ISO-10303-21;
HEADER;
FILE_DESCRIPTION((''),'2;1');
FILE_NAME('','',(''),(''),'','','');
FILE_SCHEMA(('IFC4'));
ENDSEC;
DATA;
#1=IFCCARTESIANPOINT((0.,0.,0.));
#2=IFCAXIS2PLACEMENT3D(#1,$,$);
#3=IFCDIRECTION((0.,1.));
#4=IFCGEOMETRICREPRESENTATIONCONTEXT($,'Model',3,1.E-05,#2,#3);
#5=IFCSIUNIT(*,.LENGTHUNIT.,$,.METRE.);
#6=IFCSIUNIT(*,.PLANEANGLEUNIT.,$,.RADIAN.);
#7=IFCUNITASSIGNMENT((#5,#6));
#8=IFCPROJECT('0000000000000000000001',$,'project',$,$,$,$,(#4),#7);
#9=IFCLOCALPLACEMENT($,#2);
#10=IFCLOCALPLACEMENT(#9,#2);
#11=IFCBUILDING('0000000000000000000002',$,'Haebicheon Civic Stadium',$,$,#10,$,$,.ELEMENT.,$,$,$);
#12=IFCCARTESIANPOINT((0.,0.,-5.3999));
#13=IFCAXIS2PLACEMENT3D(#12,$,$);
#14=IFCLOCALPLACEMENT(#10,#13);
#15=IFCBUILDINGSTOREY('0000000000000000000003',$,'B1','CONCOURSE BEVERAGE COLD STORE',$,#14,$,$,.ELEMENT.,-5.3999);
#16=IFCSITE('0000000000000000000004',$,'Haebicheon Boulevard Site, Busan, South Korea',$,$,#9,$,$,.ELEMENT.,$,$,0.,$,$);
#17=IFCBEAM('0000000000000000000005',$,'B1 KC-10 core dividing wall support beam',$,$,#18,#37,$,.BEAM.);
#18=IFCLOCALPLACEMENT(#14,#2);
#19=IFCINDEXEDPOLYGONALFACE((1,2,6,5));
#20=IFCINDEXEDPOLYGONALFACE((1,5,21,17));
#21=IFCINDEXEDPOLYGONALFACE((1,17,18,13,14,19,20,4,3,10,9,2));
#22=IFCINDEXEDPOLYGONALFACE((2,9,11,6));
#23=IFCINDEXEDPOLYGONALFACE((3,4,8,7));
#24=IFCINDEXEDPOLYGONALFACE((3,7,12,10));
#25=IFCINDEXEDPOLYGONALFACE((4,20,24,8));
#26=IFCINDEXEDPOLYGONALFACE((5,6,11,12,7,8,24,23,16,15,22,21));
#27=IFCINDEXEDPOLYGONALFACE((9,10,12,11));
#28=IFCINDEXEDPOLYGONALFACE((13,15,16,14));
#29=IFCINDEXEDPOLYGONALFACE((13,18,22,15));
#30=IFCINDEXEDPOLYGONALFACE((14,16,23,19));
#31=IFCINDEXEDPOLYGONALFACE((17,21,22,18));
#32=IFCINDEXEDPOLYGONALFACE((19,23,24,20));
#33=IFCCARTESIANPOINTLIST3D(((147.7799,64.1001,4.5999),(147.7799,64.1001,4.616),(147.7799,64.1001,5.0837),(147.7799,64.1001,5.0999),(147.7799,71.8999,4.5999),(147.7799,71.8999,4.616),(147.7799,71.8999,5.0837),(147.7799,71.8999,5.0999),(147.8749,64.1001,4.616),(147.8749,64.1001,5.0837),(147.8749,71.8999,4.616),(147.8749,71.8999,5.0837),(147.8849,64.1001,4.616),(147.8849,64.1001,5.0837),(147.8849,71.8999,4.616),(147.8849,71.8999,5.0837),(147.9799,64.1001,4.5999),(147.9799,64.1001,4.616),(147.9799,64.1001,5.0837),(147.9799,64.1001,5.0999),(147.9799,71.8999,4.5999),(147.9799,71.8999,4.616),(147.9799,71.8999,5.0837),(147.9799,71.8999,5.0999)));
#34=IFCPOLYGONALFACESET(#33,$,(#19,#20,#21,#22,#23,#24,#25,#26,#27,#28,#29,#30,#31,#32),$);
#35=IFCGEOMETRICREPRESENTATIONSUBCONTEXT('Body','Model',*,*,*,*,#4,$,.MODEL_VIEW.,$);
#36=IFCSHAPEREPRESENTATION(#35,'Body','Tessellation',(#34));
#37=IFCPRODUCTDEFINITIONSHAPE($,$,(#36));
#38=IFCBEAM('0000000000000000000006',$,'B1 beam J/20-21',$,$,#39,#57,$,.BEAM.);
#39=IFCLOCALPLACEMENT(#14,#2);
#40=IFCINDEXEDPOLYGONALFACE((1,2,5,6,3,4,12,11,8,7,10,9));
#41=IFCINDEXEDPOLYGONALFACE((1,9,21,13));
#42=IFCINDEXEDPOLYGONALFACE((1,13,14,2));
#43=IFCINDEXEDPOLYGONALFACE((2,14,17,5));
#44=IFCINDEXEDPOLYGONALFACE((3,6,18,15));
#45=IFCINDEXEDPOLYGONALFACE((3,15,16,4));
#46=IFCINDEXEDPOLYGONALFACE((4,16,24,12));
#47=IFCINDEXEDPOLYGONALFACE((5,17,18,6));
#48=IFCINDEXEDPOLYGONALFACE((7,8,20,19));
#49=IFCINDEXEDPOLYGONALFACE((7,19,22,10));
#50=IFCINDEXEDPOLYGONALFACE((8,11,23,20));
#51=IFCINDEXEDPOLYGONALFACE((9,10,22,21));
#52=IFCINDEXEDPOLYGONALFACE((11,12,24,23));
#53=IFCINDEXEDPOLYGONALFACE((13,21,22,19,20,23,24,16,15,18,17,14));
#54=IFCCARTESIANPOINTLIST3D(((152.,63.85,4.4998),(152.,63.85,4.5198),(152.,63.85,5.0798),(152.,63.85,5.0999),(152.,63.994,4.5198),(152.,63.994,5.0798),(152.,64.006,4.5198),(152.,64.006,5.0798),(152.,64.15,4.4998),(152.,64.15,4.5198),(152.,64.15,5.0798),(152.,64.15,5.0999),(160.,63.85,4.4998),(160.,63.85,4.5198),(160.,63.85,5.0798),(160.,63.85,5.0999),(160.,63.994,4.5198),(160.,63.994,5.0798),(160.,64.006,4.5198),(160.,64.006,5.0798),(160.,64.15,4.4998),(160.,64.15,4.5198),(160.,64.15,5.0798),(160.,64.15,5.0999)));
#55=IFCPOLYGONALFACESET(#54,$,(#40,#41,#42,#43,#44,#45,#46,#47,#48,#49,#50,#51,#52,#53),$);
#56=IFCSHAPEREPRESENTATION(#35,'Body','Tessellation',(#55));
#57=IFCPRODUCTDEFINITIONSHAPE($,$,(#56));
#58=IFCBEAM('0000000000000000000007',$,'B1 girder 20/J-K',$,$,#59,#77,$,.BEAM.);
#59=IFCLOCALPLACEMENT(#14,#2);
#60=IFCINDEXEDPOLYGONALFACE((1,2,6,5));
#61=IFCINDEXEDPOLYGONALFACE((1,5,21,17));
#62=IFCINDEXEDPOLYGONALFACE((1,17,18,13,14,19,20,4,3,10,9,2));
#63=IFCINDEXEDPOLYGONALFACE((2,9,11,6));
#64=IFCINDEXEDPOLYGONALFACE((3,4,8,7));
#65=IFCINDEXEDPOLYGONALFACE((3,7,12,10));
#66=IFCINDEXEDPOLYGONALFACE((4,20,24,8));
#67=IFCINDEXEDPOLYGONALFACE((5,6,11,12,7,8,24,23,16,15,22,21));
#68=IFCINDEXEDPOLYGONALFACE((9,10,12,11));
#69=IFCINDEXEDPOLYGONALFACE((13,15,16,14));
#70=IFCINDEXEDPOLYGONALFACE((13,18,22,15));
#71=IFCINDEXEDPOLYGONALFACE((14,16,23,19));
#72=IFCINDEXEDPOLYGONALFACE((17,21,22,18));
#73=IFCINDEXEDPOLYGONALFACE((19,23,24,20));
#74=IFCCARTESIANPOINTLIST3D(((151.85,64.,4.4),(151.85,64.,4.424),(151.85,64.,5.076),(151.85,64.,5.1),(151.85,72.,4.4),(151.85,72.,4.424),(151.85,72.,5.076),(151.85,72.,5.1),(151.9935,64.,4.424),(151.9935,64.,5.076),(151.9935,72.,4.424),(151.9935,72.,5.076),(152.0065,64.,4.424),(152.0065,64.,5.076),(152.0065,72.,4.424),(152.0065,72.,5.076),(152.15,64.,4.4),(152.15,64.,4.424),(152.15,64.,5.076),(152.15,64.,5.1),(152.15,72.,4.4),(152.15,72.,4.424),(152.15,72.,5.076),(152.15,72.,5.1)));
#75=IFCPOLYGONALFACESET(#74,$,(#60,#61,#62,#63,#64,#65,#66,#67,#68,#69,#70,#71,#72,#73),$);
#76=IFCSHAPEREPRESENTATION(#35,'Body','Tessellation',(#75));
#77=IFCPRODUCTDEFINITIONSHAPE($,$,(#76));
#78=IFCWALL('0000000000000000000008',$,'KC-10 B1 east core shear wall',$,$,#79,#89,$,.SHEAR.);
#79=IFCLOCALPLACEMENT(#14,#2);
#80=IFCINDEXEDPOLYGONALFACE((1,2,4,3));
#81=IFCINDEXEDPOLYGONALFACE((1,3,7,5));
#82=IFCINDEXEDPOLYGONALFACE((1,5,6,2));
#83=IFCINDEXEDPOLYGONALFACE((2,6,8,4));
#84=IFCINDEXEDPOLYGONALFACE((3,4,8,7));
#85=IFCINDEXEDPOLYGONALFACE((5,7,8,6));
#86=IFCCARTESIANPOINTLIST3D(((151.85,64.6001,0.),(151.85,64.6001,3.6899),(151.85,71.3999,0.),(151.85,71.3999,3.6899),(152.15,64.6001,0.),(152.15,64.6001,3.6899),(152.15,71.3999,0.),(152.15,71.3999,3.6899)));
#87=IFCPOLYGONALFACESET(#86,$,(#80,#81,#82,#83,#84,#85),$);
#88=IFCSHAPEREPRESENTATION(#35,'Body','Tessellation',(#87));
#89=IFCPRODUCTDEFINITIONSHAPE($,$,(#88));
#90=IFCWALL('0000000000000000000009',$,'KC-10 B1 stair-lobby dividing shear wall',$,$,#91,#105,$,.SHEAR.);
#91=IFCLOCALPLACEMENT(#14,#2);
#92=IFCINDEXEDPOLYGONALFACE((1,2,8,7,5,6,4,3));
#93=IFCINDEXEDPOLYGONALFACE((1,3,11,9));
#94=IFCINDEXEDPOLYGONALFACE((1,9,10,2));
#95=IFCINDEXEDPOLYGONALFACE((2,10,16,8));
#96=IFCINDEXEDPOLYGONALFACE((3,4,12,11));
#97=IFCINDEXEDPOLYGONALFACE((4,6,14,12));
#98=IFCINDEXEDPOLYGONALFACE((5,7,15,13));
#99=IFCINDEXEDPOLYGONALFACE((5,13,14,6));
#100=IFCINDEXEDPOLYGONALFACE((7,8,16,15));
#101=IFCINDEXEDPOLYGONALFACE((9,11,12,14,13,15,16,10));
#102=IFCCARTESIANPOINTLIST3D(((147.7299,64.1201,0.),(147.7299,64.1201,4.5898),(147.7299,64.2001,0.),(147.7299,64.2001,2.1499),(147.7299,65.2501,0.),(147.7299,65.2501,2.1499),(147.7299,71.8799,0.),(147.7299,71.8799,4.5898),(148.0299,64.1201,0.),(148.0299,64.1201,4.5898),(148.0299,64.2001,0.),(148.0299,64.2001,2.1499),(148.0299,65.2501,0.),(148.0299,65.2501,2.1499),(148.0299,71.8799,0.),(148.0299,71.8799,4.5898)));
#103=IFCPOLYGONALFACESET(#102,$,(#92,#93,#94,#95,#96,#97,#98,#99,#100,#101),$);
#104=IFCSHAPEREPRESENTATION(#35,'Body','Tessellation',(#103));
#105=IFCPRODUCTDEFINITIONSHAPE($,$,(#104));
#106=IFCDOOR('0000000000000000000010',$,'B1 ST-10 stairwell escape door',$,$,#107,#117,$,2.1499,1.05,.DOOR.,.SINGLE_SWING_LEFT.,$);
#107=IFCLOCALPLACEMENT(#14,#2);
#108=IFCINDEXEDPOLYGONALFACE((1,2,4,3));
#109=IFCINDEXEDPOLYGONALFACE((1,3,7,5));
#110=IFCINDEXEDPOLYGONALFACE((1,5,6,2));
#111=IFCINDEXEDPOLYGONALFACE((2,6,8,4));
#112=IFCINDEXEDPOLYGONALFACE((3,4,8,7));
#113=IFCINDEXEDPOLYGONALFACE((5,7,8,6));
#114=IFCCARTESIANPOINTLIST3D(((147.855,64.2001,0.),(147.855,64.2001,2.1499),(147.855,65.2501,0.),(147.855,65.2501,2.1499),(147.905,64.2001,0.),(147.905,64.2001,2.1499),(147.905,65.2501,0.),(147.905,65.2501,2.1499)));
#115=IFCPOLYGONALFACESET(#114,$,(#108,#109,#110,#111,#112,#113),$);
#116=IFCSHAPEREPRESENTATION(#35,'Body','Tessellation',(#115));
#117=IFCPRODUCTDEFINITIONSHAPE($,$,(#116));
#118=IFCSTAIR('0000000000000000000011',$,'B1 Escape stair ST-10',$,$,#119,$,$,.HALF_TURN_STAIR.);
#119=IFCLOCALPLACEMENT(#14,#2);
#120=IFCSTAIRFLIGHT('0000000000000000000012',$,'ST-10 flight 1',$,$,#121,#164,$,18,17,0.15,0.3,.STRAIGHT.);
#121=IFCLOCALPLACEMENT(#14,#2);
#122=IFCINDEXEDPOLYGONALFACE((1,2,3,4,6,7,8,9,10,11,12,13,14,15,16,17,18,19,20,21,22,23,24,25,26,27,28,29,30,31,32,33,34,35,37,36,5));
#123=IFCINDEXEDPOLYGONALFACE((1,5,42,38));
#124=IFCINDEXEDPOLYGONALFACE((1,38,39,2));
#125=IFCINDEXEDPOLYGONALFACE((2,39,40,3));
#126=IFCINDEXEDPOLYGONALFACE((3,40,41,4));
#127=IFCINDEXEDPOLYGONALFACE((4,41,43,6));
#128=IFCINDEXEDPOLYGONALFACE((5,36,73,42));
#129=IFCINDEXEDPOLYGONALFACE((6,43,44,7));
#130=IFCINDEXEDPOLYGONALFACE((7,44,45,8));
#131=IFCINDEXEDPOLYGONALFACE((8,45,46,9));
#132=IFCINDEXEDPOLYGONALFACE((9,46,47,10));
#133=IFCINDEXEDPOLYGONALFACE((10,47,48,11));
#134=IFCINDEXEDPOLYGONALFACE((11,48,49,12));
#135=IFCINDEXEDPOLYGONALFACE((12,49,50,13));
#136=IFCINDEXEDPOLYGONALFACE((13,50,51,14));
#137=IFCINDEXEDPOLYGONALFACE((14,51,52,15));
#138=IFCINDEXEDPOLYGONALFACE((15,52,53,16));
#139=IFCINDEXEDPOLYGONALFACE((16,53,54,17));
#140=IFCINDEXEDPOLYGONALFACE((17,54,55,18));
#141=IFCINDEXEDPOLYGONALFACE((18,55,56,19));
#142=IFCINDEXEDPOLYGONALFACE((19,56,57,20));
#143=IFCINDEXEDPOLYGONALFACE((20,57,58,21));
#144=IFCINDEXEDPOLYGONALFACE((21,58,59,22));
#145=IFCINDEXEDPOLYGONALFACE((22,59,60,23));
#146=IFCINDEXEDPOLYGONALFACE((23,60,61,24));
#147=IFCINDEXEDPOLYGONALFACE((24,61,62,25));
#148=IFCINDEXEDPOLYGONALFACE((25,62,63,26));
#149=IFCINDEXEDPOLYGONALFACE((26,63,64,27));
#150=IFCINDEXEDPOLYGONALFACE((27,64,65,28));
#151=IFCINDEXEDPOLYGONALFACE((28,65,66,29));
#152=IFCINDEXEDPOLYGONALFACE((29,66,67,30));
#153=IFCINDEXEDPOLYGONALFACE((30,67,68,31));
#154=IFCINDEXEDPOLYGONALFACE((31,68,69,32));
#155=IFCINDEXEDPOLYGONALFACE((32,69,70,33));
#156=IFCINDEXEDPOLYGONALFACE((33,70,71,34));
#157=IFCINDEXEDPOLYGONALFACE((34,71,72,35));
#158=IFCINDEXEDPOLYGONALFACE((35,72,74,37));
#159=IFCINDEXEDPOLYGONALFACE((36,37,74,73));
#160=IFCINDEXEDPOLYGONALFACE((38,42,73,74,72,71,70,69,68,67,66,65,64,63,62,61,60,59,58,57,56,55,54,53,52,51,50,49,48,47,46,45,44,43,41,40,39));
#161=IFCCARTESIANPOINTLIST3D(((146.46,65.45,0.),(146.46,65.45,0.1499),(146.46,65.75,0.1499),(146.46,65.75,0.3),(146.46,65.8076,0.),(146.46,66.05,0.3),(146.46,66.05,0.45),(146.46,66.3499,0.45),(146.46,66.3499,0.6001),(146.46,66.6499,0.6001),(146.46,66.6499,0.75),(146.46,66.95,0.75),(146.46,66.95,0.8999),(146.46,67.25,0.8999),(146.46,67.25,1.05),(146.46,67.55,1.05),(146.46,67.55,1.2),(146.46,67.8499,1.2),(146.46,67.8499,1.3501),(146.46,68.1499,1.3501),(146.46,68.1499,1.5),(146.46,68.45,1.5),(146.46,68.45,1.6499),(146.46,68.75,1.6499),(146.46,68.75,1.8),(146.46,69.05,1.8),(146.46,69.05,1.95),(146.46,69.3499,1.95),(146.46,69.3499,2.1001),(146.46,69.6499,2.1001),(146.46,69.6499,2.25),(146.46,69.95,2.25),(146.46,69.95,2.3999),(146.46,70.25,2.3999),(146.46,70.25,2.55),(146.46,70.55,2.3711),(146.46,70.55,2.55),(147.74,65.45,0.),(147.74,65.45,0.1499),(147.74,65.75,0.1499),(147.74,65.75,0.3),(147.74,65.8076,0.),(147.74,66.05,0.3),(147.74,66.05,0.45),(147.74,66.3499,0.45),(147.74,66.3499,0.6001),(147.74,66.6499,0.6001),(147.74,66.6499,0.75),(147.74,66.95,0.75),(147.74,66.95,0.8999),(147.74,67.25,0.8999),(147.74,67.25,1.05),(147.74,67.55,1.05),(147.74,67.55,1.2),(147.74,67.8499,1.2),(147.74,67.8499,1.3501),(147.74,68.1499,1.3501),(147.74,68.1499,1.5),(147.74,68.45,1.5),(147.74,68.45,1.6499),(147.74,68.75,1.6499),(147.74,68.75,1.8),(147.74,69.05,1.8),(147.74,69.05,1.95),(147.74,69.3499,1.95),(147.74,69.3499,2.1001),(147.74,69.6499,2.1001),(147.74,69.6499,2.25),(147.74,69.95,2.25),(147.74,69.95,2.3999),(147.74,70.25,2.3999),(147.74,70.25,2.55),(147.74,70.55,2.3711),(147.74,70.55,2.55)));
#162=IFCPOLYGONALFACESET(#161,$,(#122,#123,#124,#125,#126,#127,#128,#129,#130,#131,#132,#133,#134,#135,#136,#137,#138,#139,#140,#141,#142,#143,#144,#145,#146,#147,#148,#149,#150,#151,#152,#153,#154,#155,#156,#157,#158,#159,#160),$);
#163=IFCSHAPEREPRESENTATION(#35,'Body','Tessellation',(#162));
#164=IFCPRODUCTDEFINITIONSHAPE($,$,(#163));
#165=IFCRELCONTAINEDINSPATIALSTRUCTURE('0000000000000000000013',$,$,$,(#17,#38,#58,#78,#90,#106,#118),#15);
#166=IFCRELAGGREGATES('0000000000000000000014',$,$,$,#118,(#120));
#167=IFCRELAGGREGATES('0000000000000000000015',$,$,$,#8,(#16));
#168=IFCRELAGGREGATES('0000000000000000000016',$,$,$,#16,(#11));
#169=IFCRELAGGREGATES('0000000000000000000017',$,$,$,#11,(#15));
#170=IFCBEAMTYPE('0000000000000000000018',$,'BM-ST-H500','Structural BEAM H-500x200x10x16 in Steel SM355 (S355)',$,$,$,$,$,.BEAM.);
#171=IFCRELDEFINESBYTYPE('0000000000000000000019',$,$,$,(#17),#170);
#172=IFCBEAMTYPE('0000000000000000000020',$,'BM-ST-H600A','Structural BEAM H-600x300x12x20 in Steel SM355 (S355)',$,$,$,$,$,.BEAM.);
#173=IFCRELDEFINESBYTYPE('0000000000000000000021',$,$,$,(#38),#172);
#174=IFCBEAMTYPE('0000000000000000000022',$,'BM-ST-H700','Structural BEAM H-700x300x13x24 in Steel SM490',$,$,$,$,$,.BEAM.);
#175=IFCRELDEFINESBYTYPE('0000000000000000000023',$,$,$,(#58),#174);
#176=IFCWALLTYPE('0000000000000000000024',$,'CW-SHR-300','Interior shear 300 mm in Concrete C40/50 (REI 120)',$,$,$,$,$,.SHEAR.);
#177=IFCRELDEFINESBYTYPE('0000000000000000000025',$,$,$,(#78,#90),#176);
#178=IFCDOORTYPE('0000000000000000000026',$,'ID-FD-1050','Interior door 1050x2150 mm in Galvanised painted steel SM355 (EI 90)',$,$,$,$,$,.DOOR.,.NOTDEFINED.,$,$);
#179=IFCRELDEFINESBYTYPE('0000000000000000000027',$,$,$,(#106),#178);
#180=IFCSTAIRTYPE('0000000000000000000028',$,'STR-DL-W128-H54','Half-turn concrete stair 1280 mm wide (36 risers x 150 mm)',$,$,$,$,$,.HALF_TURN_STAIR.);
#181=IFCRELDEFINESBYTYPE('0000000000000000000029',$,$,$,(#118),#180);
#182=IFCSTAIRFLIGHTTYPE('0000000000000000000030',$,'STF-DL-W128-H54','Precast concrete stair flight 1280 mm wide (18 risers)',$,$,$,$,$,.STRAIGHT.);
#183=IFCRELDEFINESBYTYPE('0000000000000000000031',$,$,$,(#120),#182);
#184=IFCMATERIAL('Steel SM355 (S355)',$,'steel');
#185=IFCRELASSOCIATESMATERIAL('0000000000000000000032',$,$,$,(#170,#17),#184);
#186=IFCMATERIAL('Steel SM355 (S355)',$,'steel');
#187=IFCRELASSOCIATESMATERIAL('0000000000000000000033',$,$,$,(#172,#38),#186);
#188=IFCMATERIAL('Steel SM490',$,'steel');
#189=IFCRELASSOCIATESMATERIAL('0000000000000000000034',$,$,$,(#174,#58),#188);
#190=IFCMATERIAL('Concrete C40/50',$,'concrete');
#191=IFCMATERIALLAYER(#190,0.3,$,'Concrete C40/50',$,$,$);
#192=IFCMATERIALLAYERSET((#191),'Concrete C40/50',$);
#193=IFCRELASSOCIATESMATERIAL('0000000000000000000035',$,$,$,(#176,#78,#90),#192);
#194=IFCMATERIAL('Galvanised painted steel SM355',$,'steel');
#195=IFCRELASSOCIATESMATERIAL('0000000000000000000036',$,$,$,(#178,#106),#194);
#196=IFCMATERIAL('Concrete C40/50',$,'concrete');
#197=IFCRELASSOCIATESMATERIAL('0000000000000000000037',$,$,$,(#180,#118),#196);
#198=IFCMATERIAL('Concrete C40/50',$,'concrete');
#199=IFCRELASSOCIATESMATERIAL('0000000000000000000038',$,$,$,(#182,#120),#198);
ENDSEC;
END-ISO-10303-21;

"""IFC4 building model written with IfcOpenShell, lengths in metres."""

from ifc_helpers import new_model, si_unit, direction, frame, frame_2d, origin, origin_2d, place, context, subcontext, project, spatial, polyline, rectangle, i_section, outline, extrude, material, layer, layer_set, material_profile, profile_set, type_object, element, fill, aggregate, save


model = new_model("IFC4")

# Units and contexts
model_context = context("Model", 3, precision=1e-05, world=origin(), true_north=direction((0.0, 1.0)))
body_context = subcontext(model_context, "Body", "Model", "MODEL_VIEW")
ifc_project = project(units=[si_unit("LENGTHUNIT", "METRE"), si_unit("PLANEANGLEUNIT", "RADIAN")], contexts=[model_context])

# Site, building, storey
site_placement = place(None, origin())
site = spatial("IfcSite", under=ifc_project, at=site_placement, Name="Haebicheon Boulevard Site, Busan, South Korea", CompositionType="ELEMENT", RefElevation=0.0)
building_placement = place(site_placement, origin())
building = spatial("IfcBuilding", under=site, at=building_placement, Name="Haebicheon Civic Stadium", CompositionType="ELEMENT")
storey_placement = place(building_placement, frame((0.0, 0.0, -5.3999)))
storey = spatial("IfcBuildingStorey", under=building, at=storey_placement, Name="B1", Description="CONCOURSE BEVERAGE COLD STORE", CompositionType="ELEMENT", Elevation=-5.3999)

# Beams
ifc_material_1 = material(Name="Steel SM355 (S355)", Category="steel")
ifc_material_profile_1 = material_profile(ifc_material_1, i_section(OverallWidth=0.2, OverallDepth=0.5, WebThickness=0.01, FlangeThickness=0.0161, at=origin_2d()), Name="H-500x200x10x16")
ifc_profile_set_1 = profile_set([ifc_material_profile_1], Name="Steel SM355 (S355)")
beam_type_1 = type_object("IfcBeamType", Name="BM-ST-H500", Description="Structural BEAM H-500x200x10x16 in Steel SM355 (S355)", PredefinedType="BEAM", material=ifc_profile_set_1)
beam_1_placement = place(storey_placement, frame((147.8799, 64.1001, 4.8499), z_axis=(0.0, 1.0, 0.0), x_axis=(-1.0, 0.0, 0.0)))
element("IfcBeam", 1, at=beam_1_placement, inside=storey, type_object=beam_type_1, material=ifc_profile_set_1, Name="B1 KC-10 core dividing wall support beam", PredefinedType="BEAM", context=body_context, shape_type="SweptSolid", body=[
    extrude(i_section(OverallWidth=0.2, OverallDepth=0.5, WebThickness=0.01, FlangeThickness=0.0161, at=origin_2d()), origin(), (0.0, 0.0, 1.0), 7.7998),
])
ifc_material_2 = material(Name="Steel SM355 (S355)", Category="steel")
ifc_material_profile_2 = material_profile(ifc_material_2, i_section(OverallWidth=0.3, OverallDepth=0.6001, WebThickness=0.012, FlangeThickness=0.02, at=origin_2d()), Name="H-600x300x12x20")
ifc_profile_set_2 = profile_set([ifc_material_profile_2], Name="Steel SM355 (S355)")
beam_type_2 = type_object("IfcBeamType", Name="BM-ST-H600A", Description="Structural BEAM H-600x300x12x20 in Steel SM355 (S355)", PredefinedType="BEAM", material=ifc_profile_set_2)
beam_2_placement = place(storey_placement, frame((152.0, 64.0, 4.7998), z_axis=(1.0, 0.0, 0.0), x_axis=(0.0, 1.0, 0.0)))
element("IfcBeam", 2, at=beam_2_placement, inside=storey, type_object=beam_type_2, material=ifc_profile_set_2, Name="B1 beam J/20-21", PredefinedType="BEAM", context=body_context, shape_type="SweptSolid", body=[
    extrude(i_section(OverallWidth=0.3, OverallDepth=0.6001, WebThickness=0.012, FlangeThickness=0.02, at=origin_2d()), origin(), (0.0, 0.0, 1.0), 8.0),
])
ifc_material_3 = material(Name="Steel SM490", Category="steel")
ifc_material_profile_3 = material_profile(ifc_material_3, i_section(OverallWidth=0.3, OverallDepth=0.7, WebThickness=0.0129, FlangeThickness=0.0239, at=origin_2d()), Name="H-700x300x13x24")
ifc_profile_set_3 = profile_set([ifc_material_profile_3], Name="Steel SM490")
beam_type_3 = type_object("IfcBeamType", Name="BM-ST-H700", Description="Structural BEAM H-700x300x13x24 in Steel SM490", PredefinedType="BEAM", material=ifc_profile_set_3)
beam_3_placement = place(storey_placement, frame((152.0, 64.0, 4.75), z_axis=(0.0, 1.0, 0.0), x_axis=(-1.0, 0.0, 0.0)))
element("IfcBeam", 3, at=beam_3_placement, inside=storey, type_object=beam_type_3, material=ifc_profile_set_3, Name="B1 girder 20/J-K", PredefinedType="BEAM", context=body_context, shape_type="SweptSolid", body=[
    extrude(i_section(OverallWidth=0.3, OverallDepth=0.7, WebThickness=0.0129, FlangeThickness=0.0239, at=origin_2d()), origin(), (0.0, 0.0, 1.0), 8.0),
])

# Wall
ifc_material_4 = material(Name="Concrete C40/50", Category="concrete")
ifc_layer_1 = layer(ifc_material_4, 0.3, Name="Concrete C40/50")
ifc_layer_set_1 = layer_set([ifc_layer_1], Name="Concrete C40/50")
wall_type = type_object("IfcWallType", Name="CW-SHR-300", Description="Interior shear 300 mm in Concrete C40/50 (REI 120)", PredefinedType="SHEAR", material=ifc_layer_set_1)
wall_1_placement = place(storey_placement, frame((152.0, 64.6001, 0.0), z_axis=(0.0, 0.0, 1.0), x_axis=(0.0, 1.0, 0.0)))
element("IfcWall", 4, at=wall_1_placement, inside=storey, type_object=wall_type, material=ifc_layer_set_1, Name="KC-10 B1 east core shear wall", PredefinedType="SHEAR", context=body_context, shape_type="SweptSolid", body=[
    extrude(rectangle(XDim=6.7998, YDim=0.3, at=frame_2d((3.3999, 0.0))), origin(), (0.0, 0.0, 1.0), 3.6899),
])

# Wall, opening, door
wall_2_placement = place(storey_placement, frame((147.8799, 64.1201, 0.0), z_axis=(0.0, 0.0, 1.0), x_axis=(0.0, 1.0, 0.0)))
wall_2 = element("IfcWall", 5, at=wall_2_placement, inside=storey, type_object=wall_type, material=ifc_layer_set_1, Name="KC-10 B1 stair-lobby dividing shear wall", PredefinedType="SHEAR", context=body_context, shape_type="SweptSolid", body=[
    extrude(rectangle(XDim=7.7598, YDim=0.3, at=frame_2d((3.8799, 0.0))), origin(), (0.0, 0.0, 1.0), 4.5898),
])
opening_1_placement = place(wall_2_placement, frame((0.0801, 0.0, 0.0)))
opening_1 = element("IfcOpeningElement", 6, at=opening_1_placement, cuts=wall_2, PredefinedType="OPENING", context=body_context, shape_type="SweptSolid", body=[
    extrude(rectangle(XDim=1.05, YDim=2.1499, at=frame_2d((0.5249, 1.075))), frame((0.0, 0.1599, 0.0), z_axis=(0.0, -1.0, 0.0), x_axis=(1.0, 0.0, 0.0)), (0.0, 0.0, 1.0), 0.3201),
])
ifc_material_5 = material(Name="Galvanised painted steel SM355", Category="steel")
door_type_1 = type_object("IfcDoorType", Name="ID-FD-1050", Description="Interior door 1050x2150 mm in Galvanised painted steel SM355 (EI 90)", OperationType="NOTDEFINED", PredefinedType="DOOR", material=ifc_material_5)
door_1_placement = place(opening_1_placement, origin())
door_1 = element("IfcDoor", 7, at=door_1_placement, inside=storey, type_object=door_type_1, material=ifc_material_5, Name="B1 ST-10 stairwell escape door", OperationType="SINGLE_SWING_LEFT", OverallHeight=2.1499, OverallWidth=1.05, PredefinedType="DOOR", context=body_context, shape_type="SweptSolid", body=[
    extrude(rectangle(XDim=1.05, YDim=2.1499, at=frame_2d((0.5249, 1.075))), frame((0.0, 0.0249, 0.0), z_axis=(0.0, -1.0, 0.0), x_axis=(1.0, 0.0, 0.0)), (0.0, 0.0, 1.0), 0.05),
])
fill(opening_1, door_1)

# Stair, stair flight
ifc_material_6 = material(Name="Concrete C40/50", Category="concrete")
stair_type = type_object("IfcStairType", Name="STR-DL-W128-H54", Description="Half-turn concrete stair 1280 mm wide (36 risers x 150 mm)", PredefinedType="HALF_TURN_STAIR", material=ifc_material_6)
stair_placement = place(storey_placement, origin())
stair = element("IfcStair", 8, at=stair_placement, inside=storey, type_object=stair_type, material=ifc_material_6, Name="B1 Escape stair ST-10", PredefinedType="HALF_TURN_STAIR")
ifc_material_7 = material(Name="Concrete C40/50", Category="concrete")
stair_flight_type = type_object("IfcStairFlightType", Name="STF-DL-W128-H54", Description="Precast concrete stair flight 1280 mm wide (18 risers)", PredefinedType="STRAIGHT", material=ifc_material_7)
stair_flight_placement = place(storey_placement, frame((147.1001, 65.45, 0.0), z_axis=(0.0, 0.0, 1.0), x_axis=(0.0, 1.0, 0.0)))
stair_flight = element("IfcStairFlight", 9, at=stair_flight_placement, type_object=stair_flight_type, material=ifc_material_7, Name="ST-10 flight 1", NumberOfRisers=18, NumberOfTreads=17, PredefinedType="STRAIGHT", RiserHeight=0.15, TreadLength=0.3, context=body_context, shape_type="SweptSolid", body=[
    extrude(outline(polyline([(0.0, 0.0), (0.0, 0.1499), (0.3, 0.1499), (0.3, 0.3), (0.6001, 0.3), (0.6001, 0.45), (0.8999, 0.45), (0.8999, 0.6001), (1.2, 0.6001), (1.2, 0.75), (1.5, 0.75), (1.5, 0.8999), (1.8, 0.8999), (1.8, 1.05), (2.1001, 1.05), (2.1001, 1.2), (2.3999, 1.2), (2.3999, 1.3501), (2.7, 1.3501), (2.7, 1.5), (3.0, 1.5), (3.0, 1.6499), (3.3, 1.6499), (3.3, 1.8), (3.6001, 1.8), (3.6001, 1.95), (3.8999, 1.95), (3.8999, 2.1001), (4.2, 2.1001), (4.2, 2.25), (4.5, 2.25), (4.5, 2.3999), (4.8, 2.3999), (4.8, 2.55), (5.1001, 2.55), (5.1001, 2.7), (5.1001, 2.3711), (0.3577, 0.0), (0.0, 0.0)])), frame((0.0, 0.6401, 0.0), z_axis=(0.0, -1.0, 0.0), x_axis=(1.0, 0.0, 0.0)), (0.0, 0.0, 1.0), 1.28),
])
aggregate(stair, [stair_flight])

save(model, "model.ifc")
